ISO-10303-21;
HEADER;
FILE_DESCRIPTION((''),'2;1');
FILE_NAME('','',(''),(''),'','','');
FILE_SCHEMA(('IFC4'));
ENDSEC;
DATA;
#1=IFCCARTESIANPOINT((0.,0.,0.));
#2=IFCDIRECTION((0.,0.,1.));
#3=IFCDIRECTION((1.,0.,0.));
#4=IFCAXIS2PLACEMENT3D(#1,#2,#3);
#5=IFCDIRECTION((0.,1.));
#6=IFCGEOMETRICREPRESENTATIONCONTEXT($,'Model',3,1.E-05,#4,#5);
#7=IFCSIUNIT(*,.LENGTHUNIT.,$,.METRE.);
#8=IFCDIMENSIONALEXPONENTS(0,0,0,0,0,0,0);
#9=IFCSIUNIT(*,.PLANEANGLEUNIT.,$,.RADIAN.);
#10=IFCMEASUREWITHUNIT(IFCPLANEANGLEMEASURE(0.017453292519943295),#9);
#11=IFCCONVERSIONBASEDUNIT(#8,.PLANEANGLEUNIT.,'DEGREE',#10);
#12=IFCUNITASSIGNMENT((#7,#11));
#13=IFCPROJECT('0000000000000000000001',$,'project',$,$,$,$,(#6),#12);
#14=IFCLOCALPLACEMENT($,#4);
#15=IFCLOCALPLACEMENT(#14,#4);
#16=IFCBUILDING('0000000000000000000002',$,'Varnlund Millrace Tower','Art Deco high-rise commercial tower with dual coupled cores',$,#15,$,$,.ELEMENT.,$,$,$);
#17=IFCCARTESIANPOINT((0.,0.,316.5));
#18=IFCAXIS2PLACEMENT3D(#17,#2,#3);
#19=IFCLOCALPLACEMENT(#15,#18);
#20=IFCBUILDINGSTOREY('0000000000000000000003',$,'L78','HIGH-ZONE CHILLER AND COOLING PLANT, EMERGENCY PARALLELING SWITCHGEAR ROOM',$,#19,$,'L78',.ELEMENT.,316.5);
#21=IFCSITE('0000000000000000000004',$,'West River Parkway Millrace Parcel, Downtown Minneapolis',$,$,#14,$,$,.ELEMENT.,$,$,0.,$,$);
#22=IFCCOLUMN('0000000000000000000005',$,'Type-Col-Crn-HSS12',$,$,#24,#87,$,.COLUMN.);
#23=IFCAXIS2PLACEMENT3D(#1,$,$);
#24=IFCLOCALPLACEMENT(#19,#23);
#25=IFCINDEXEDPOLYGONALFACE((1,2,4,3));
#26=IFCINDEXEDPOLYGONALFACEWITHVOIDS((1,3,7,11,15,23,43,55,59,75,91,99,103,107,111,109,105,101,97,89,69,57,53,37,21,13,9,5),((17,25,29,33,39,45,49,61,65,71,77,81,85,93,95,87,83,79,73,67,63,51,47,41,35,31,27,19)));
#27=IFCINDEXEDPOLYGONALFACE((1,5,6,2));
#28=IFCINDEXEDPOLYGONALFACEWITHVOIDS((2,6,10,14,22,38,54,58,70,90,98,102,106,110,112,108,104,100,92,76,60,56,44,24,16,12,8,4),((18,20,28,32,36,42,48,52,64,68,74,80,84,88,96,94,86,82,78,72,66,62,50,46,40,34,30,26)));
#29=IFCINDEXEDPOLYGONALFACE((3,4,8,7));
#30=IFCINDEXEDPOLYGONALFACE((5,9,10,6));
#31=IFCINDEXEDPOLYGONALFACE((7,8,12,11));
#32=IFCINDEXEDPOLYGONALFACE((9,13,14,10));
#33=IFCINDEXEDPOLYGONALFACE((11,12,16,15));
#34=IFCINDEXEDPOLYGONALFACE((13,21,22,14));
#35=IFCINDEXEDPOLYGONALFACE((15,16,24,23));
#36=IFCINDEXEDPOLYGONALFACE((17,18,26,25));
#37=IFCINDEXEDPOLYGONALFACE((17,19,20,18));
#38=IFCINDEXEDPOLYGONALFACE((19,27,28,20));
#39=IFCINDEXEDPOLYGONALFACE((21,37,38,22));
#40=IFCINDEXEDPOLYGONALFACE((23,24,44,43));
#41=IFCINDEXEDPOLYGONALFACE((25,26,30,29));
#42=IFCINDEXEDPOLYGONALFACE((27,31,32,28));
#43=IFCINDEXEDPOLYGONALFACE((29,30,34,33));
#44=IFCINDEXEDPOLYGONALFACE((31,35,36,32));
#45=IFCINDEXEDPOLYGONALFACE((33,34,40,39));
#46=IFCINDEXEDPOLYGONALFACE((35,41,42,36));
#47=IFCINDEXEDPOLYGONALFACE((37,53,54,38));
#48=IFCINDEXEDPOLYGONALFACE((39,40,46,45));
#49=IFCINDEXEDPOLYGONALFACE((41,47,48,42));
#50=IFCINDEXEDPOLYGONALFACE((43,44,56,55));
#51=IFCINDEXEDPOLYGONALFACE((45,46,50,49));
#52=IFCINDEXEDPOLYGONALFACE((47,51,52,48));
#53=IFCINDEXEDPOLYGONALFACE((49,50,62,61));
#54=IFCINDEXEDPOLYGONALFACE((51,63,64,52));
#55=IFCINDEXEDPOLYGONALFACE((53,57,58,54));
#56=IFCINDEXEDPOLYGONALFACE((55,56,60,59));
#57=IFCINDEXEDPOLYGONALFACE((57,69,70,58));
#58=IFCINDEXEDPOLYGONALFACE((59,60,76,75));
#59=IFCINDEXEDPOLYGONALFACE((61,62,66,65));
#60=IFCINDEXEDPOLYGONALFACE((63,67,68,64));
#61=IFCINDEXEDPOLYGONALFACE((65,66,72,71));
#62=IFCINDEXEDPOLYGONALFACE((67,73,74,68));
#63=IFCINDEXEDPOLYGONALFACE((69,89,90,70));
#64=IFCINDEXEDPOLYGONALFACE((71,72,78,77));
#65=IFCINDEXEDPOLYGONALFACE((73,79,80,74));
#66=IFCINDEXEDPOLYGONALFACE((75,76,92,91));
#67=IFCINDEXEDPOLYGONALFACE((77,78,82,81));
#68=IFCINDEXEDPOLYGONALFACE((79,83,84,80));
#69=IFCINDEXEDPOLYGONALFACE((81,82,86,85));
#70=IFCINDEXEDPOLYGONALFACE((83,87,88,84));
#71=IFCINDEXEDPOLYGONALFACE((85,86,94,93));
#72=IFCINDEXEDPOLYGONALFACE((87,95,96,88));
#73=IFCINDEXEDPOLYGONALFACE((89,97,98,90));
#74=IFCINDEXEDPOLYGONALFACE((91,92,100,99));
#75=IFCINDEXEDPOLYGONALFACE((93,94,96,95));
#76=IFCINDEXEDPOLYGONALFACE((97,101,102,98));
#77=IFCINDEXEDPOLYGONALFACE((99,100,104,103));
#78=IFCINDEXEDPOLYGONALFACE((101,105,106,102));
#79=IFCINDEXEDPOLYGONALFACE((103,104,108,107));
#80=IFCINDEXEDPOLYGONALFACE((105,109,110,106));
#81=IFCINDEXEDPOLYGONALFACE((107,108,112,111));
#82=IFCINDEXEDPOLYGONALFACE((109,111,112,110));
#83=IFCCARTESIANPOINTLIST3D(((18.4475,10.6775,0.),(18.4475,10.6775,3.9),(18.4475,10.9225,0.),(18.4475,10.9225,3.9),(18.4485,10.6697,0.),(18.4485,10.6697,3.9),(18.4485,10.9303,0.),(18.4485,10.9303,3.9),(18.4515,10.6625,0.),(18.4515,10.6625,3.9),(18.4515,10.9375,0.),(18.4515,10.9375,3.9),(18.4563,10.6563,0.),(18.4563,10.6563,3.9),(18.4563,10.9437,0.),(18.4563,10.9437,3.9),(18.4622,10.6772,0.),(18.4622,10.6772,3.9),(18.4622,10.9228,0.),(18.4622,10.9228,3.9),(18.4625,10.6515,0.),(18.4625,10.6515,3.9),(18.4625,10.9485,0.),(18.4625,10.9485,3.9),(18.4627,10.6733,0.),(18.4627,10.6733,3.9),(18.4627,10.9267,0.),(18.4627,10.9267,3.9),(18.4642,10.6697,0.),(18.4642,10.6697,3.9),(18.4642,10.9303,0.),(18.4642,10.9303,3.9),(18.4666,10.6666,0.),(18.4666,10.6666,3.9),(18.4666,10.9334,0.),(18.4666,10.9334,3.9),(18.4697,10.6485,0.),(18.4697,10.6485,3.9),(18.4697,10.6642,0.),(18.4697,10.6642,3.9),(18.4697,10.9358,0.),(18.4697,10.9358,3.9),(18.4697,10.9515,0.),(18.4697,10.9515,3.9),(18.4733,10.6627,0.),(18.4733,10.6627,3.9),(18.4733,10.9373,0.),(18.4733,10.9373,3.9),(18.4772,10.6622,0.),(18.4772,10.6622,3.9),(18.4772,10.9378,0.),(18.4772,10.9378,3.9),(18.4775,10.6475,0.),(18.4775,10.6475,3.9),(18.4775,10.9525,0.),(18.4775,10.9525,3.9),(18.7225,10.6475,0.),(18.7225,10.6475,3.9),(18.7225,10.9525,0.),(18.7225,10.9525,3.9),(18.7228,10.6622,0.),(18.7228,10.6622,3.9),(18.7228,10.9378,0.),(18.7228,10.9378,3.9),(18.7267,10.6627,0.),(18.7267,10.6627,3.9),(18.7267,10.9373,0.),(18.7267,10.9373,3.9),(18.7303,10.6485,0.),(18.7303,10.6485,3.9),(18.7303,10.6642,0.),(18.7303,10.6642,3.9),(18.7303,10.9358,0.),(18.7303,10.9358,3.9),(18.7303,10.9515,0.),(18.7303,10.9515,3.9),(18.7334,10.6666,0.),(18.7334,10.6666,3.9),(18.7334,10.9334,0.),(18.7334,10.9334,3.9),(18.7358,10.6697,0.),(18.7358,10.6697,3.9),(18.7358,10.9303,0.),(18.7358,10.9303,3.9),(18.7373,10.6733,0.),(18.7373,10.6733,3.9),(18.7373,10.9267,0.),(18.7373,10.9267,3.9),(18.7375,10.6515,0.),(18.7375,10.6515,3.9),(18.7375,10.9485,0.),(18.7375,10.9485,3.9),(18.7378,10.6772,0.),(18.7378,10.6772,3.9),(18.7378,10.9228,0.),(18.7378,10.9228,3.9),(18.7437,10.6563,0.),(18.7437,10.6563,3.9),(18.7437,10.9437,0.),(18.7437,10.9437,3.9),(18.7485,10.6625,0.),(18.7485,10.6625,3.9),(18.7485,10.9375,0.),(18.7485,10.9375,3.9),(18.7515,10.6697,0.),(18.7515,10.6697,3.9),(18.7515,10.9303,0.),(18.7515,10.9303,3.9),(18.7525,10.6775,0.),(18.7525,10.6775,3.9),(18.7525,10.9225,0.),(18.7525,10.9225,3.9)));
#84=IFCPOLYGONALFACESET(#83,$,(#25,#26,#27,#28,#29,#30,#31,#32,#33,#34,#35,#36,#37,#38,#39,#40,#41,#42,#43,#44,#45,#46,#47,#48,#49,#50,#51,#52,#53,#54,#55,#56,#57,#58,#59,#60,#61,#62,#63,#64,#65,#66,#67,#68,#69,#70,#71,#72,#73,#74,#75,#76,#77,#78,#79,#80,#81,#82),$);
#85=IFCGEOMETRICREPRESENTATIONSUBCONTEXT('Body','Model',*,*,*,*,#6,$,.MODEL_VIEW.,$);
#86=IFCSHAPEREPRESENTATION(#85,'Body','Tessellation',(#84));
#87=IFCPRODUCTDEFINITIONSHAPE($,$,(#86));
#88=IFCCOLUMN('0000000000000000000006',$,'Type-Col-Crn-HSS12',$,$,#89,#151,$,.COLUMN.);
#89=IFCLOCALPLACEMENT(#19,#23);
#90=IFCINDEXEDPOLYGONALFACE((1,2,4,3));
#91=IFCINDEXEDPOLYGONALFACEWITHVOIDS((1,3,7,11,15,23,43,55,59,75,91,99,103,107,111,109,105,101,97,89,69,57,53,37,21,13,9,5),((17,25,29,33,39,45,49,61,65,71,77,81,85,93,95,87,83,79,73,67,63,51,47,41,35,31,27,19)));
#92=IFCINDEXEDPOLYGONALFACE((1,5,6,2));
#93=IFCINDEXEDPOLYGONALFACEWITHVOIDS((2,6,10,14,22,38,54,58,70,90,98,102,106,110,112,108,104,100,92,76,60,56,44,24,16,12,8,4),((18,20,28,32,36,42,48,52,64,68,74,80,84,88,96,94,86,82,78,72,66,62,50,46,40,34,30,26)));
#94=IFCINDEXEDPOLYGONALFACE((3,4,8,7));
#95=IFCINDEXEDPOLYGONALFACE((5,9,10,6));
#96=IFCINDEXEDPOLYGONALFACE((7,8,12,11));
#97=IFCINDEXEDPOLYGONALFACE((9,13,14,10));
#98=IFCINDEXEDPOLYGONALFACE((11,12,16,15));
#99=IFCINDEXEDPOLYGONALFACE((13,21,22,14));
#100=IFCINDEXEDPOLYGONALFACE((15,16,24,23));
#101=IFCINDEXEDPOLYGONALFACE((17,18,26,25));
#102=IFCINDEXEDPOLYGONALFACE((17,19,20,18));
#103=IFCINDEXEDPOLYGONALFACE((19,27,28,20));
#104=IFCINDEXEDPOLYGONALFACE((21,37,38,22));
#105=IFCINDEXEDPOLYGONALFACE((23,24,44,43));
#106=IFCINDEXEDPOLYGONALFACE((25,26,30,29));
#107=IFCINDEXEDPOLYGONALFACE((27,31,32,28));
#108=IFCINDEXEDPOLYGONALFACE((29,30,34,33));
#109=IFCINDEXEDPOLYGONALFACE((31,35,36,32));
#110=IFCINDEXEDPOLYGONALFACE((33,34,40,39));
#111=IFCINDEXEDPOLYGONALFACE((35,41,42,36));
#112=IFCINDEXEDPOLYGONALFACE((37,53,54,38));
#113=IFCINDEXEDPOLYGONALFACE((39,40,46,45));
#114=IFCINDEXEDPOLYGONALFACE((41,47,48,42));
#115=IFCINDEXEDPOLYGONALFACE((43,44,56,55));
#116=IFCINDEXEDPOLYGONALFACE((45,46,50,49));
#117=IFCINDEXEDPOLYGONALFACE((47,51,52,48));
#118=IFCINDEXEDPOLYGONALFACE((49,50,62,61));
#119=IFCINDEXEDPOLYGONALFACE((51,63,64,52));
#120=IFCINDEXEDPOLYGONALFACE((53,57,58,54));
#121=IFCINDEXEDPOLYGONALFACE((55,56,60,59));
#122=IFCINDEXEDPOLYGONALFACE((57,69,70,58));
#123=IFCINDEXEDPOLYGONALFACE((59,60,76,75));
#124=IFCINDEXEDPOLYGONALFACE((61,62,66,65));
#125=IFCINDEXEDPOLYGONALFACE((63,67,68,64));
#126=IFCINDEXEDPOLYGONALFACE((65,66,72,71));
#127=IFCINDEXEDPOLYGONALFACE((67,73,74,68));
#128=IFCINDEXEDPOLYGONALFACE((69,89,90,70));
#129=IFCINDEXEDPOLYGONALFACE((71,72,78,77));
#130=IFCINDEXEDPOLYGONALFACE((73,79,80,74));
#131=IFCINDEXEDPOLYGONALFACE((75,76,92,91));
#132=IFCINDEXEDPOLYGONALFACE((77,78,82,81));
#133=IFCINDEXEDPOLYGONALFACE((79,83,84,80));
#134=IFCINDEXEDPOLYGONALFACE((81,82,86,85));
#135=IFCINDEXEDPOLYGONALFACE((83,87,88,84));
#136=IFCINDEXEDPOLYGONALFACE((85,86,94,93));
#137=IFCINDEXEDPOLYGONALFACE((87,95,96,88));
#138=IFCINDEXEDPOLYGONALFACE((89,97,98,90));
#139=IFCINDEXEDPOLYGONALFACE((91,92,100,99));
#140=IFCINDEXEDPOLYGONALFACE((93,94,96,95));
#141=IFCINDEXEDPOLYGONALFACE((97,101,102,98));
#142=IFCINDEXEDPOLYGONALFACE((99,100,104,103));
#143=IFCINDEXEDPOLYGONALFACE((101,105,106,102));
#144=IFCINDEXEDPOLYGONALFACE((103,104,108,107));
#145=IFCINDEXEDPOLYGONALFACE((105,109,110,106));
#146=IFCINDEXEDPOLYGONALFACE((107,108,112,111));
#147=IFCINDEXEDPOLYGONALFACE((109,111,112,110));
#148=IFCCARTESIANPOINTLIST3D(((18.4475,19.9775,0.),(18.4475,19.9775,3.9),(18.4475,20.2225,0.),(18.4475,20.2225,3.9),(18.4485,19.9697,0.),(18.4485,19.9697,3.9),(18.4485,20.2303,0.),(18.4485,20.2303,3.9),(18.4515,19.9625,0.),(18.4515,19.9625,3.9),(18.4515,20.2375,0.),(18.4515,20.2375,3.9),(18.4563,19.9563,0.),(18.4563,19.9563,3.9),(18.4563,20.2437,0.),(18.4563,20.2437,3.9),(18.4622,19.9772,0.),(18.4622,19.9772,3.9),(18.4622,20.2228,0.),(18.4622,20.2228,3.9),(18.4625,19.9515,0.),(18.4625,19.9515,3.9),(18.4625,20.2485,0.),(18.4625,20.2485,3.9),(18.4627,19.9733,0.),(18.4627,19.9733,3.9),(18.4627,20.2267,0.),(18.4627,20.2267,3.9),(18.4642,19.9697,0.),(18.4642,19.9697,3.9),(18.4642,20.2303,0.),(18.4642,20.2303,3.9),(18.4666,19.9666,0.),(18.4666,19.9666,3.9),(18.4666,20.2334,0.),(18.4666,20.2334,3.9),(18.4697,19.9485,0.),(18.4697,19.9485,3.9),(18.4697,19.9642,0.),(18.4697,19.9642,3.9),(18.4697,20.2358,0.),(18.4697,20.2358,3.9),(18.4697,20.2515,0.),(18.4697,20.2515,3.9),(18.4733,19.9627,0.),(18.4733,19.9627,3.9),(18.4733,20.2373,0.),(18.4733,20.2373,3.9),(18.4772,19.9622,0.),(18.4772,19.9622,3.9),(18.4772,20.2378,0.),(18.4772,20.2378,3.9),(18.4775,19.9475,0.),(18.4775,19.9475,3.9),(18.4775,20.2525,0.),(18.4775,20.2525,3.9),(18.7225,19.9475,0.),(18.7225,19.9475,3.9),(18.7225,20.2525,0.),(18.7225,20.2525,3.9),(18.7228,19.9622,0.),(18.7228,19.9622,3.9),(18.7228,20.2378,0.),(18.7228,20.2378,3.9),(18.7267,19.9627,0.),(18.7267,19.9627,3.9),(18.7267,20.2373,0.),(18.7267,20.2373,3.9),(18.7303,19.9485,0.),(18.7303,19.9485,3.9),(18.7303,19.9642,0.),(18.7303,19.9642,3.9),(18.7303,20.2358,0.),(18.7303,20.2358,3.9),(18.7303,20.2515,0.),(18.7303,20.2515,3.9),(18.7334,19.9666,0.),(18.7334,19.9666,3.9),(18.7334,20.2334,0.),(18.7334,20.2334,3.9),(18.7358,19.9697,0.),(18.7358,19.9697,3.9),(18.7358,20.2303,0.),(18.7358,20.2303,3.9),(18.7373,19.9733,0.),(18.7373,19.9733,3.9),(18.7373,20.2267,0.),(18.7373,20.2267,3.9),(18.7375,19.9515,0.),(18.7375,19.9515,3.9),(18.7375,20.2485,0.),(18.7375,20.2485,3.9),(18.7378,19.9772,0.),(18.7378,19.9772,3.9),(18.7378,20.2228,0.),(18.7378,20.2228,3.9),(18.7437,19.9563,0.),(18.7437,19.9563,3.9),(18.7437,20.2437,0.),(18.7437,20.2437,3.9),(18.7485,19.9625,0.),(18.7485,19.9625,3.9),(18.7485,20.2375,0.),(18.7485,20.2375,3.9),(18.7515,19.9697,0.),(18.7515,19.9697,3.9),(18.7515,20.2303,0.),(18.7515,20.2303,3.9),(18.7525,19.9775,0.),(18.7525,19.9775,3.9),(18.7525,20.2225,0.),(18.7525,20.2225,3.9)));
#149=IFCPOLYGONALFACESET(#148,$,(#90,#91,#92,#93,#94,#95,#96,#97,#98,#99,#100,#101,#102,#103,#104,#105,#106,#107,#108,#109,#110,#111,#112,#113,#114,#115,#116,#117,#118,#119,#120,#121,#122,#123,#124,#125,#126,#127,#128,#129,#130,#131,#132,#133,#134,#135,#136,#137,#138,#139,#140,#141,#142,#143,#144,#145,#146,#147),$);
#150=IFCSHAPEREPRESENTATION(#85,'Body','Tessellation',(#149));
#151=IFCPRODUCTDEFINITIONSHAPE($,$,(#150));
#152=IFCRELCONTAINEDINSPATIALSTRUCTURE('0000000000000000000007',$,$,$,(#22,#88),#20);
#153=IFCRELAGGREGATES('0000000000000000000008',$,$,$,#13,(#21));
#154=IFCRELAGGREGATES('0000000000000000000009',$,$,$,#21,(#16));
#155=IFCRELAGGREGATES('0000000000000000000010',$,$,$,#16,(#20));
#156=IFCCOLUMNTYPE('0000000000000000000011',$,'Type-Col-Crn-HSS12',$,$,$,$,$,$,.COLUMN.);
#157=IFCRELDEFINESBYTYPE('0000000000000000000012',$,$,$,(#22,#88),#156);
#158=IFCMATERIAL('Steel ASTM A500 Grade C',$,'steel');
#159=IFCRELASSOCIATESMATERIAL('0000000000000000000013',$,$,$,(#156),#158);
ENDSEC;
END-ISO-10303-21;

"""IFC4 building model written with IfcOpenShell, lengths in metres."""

from ifc_helpers import new_model, entity, si_unit, converted_unit, direction, frame, origin_with_axes, origin_2d_with_axis, place, context, subcontext, project, spatial, hollow_rectangle, extrude, material, material_profile, profile_set, type_object, element, save


model = new_model("IFC4")

# Units and contexts
model_context = context("Model", 3, precision=1e-05, world=origin_with_axes(), true_north=direction((0.0, 1.0)))
body_context = subcontext(model_context, "Body", "Model", "MODEL_VIEW")
ifc_project = project(units=[si_unit("LENGTHUNIT", "METRE"), converted_unit("PLANEANGLEUNIT", "DEGREE", entity("IfcPlaneAngleMeasure", 0.017453292519943295), si_unit("PLANEANGLEUNIT", "RADIAN"), dimensions=[0, 0, 0, 0, 0, 0, 0])], contexts=[model_context])

# Site, building, storey
site_placement = place(None, origin_with_axes())
site = spatial("IfcSite", under=ifc_project, at=site_placement, Name="West River Parkway Millrace Parcel, Downtown Minneapolis", CompositionType="ELEMENT", RefElevation=0.0)
building_placement = place(site_placement, origin_with_axes())
building = spatial("IfcBuilding", under=site, at=building_placement, Name="Varnlund Millrace Tower", Description="Art Deco high-rise commercial tower with dual coupled cores", CompositionType="ELEMENT")
storey_placement = place(building_placement, frame((0.0, 0.0, 316.5), z_axis=(0.0, 0.0, 1.0), x_axis=(1.0, 0.0, 0.0)))
storey = spatial("IfcBuildingStorey", under=building, at=storey_placement, Name="L78", Description="HIGH-ZONE CHILLER AND COOLING PLANT, EMERGENCY PARALLELING SWITCHGEAR ROOM", LongName="L78", CompositionType="ELEMENT", Elevation=316.5)

# Columns
ifc_material_1 = material(Name="Steel ASTM A500 Grade C", Category="steel")
ifc_material_profile_1 = material_profile(ifc_material_1, hollow_rectangle(XDim=0.305, YDim=0.305, WallThickness=0.0147, InnerFilletRadius=0.015, OuterFilletRadius=0.03, at=origin_2d_with_axis()), Name="Steel ASTM A500 Grade C")
ifc_profile_set_1 = profile_set([ifc_material_profile_1], Name="Steel ASTM A500 Grade C")
column_type = type_object("IfcColumnType", Name="Type-Col-Crn-HSS12", PredefinedType="COLUMN", material=ifc_profile_set_1)
for number, where, z_axis, x_axis, name in (
    (1, (18.6, 10.8, 0.0), (0.0, 0.0, 1.0), (1.0, 0.0, 0.0), "Type-Col-Crn-HSS12"),
    (2, (18.6, 20.1, 0.0), (0.0, 0.0, 1.0), (1.0, 0.0, 0.0), "Type-Col-Crn-HSS12"),
):
    element("IfcColumn", number, at=place(storey_placement, frame(where, z_axis=z_axis, x_axis=x_axis)), inside=storey, type_object=column_type, Name=name, PredefinedType="COLUMN", context=body_context, shape_type="SweptSolid", body=[
        extrude(hollow_rectangle(XDim=0.305, YDim=0.305, WallThickness=0.0147, InnerFilletRadius=0.015, OuterFilletRadius=0.03, at=origin_2d_with_axis()), origin_with_axes(), (0.0, 0.0, 1.0), 3.9),
    ])

save(model, "model.ifc")
